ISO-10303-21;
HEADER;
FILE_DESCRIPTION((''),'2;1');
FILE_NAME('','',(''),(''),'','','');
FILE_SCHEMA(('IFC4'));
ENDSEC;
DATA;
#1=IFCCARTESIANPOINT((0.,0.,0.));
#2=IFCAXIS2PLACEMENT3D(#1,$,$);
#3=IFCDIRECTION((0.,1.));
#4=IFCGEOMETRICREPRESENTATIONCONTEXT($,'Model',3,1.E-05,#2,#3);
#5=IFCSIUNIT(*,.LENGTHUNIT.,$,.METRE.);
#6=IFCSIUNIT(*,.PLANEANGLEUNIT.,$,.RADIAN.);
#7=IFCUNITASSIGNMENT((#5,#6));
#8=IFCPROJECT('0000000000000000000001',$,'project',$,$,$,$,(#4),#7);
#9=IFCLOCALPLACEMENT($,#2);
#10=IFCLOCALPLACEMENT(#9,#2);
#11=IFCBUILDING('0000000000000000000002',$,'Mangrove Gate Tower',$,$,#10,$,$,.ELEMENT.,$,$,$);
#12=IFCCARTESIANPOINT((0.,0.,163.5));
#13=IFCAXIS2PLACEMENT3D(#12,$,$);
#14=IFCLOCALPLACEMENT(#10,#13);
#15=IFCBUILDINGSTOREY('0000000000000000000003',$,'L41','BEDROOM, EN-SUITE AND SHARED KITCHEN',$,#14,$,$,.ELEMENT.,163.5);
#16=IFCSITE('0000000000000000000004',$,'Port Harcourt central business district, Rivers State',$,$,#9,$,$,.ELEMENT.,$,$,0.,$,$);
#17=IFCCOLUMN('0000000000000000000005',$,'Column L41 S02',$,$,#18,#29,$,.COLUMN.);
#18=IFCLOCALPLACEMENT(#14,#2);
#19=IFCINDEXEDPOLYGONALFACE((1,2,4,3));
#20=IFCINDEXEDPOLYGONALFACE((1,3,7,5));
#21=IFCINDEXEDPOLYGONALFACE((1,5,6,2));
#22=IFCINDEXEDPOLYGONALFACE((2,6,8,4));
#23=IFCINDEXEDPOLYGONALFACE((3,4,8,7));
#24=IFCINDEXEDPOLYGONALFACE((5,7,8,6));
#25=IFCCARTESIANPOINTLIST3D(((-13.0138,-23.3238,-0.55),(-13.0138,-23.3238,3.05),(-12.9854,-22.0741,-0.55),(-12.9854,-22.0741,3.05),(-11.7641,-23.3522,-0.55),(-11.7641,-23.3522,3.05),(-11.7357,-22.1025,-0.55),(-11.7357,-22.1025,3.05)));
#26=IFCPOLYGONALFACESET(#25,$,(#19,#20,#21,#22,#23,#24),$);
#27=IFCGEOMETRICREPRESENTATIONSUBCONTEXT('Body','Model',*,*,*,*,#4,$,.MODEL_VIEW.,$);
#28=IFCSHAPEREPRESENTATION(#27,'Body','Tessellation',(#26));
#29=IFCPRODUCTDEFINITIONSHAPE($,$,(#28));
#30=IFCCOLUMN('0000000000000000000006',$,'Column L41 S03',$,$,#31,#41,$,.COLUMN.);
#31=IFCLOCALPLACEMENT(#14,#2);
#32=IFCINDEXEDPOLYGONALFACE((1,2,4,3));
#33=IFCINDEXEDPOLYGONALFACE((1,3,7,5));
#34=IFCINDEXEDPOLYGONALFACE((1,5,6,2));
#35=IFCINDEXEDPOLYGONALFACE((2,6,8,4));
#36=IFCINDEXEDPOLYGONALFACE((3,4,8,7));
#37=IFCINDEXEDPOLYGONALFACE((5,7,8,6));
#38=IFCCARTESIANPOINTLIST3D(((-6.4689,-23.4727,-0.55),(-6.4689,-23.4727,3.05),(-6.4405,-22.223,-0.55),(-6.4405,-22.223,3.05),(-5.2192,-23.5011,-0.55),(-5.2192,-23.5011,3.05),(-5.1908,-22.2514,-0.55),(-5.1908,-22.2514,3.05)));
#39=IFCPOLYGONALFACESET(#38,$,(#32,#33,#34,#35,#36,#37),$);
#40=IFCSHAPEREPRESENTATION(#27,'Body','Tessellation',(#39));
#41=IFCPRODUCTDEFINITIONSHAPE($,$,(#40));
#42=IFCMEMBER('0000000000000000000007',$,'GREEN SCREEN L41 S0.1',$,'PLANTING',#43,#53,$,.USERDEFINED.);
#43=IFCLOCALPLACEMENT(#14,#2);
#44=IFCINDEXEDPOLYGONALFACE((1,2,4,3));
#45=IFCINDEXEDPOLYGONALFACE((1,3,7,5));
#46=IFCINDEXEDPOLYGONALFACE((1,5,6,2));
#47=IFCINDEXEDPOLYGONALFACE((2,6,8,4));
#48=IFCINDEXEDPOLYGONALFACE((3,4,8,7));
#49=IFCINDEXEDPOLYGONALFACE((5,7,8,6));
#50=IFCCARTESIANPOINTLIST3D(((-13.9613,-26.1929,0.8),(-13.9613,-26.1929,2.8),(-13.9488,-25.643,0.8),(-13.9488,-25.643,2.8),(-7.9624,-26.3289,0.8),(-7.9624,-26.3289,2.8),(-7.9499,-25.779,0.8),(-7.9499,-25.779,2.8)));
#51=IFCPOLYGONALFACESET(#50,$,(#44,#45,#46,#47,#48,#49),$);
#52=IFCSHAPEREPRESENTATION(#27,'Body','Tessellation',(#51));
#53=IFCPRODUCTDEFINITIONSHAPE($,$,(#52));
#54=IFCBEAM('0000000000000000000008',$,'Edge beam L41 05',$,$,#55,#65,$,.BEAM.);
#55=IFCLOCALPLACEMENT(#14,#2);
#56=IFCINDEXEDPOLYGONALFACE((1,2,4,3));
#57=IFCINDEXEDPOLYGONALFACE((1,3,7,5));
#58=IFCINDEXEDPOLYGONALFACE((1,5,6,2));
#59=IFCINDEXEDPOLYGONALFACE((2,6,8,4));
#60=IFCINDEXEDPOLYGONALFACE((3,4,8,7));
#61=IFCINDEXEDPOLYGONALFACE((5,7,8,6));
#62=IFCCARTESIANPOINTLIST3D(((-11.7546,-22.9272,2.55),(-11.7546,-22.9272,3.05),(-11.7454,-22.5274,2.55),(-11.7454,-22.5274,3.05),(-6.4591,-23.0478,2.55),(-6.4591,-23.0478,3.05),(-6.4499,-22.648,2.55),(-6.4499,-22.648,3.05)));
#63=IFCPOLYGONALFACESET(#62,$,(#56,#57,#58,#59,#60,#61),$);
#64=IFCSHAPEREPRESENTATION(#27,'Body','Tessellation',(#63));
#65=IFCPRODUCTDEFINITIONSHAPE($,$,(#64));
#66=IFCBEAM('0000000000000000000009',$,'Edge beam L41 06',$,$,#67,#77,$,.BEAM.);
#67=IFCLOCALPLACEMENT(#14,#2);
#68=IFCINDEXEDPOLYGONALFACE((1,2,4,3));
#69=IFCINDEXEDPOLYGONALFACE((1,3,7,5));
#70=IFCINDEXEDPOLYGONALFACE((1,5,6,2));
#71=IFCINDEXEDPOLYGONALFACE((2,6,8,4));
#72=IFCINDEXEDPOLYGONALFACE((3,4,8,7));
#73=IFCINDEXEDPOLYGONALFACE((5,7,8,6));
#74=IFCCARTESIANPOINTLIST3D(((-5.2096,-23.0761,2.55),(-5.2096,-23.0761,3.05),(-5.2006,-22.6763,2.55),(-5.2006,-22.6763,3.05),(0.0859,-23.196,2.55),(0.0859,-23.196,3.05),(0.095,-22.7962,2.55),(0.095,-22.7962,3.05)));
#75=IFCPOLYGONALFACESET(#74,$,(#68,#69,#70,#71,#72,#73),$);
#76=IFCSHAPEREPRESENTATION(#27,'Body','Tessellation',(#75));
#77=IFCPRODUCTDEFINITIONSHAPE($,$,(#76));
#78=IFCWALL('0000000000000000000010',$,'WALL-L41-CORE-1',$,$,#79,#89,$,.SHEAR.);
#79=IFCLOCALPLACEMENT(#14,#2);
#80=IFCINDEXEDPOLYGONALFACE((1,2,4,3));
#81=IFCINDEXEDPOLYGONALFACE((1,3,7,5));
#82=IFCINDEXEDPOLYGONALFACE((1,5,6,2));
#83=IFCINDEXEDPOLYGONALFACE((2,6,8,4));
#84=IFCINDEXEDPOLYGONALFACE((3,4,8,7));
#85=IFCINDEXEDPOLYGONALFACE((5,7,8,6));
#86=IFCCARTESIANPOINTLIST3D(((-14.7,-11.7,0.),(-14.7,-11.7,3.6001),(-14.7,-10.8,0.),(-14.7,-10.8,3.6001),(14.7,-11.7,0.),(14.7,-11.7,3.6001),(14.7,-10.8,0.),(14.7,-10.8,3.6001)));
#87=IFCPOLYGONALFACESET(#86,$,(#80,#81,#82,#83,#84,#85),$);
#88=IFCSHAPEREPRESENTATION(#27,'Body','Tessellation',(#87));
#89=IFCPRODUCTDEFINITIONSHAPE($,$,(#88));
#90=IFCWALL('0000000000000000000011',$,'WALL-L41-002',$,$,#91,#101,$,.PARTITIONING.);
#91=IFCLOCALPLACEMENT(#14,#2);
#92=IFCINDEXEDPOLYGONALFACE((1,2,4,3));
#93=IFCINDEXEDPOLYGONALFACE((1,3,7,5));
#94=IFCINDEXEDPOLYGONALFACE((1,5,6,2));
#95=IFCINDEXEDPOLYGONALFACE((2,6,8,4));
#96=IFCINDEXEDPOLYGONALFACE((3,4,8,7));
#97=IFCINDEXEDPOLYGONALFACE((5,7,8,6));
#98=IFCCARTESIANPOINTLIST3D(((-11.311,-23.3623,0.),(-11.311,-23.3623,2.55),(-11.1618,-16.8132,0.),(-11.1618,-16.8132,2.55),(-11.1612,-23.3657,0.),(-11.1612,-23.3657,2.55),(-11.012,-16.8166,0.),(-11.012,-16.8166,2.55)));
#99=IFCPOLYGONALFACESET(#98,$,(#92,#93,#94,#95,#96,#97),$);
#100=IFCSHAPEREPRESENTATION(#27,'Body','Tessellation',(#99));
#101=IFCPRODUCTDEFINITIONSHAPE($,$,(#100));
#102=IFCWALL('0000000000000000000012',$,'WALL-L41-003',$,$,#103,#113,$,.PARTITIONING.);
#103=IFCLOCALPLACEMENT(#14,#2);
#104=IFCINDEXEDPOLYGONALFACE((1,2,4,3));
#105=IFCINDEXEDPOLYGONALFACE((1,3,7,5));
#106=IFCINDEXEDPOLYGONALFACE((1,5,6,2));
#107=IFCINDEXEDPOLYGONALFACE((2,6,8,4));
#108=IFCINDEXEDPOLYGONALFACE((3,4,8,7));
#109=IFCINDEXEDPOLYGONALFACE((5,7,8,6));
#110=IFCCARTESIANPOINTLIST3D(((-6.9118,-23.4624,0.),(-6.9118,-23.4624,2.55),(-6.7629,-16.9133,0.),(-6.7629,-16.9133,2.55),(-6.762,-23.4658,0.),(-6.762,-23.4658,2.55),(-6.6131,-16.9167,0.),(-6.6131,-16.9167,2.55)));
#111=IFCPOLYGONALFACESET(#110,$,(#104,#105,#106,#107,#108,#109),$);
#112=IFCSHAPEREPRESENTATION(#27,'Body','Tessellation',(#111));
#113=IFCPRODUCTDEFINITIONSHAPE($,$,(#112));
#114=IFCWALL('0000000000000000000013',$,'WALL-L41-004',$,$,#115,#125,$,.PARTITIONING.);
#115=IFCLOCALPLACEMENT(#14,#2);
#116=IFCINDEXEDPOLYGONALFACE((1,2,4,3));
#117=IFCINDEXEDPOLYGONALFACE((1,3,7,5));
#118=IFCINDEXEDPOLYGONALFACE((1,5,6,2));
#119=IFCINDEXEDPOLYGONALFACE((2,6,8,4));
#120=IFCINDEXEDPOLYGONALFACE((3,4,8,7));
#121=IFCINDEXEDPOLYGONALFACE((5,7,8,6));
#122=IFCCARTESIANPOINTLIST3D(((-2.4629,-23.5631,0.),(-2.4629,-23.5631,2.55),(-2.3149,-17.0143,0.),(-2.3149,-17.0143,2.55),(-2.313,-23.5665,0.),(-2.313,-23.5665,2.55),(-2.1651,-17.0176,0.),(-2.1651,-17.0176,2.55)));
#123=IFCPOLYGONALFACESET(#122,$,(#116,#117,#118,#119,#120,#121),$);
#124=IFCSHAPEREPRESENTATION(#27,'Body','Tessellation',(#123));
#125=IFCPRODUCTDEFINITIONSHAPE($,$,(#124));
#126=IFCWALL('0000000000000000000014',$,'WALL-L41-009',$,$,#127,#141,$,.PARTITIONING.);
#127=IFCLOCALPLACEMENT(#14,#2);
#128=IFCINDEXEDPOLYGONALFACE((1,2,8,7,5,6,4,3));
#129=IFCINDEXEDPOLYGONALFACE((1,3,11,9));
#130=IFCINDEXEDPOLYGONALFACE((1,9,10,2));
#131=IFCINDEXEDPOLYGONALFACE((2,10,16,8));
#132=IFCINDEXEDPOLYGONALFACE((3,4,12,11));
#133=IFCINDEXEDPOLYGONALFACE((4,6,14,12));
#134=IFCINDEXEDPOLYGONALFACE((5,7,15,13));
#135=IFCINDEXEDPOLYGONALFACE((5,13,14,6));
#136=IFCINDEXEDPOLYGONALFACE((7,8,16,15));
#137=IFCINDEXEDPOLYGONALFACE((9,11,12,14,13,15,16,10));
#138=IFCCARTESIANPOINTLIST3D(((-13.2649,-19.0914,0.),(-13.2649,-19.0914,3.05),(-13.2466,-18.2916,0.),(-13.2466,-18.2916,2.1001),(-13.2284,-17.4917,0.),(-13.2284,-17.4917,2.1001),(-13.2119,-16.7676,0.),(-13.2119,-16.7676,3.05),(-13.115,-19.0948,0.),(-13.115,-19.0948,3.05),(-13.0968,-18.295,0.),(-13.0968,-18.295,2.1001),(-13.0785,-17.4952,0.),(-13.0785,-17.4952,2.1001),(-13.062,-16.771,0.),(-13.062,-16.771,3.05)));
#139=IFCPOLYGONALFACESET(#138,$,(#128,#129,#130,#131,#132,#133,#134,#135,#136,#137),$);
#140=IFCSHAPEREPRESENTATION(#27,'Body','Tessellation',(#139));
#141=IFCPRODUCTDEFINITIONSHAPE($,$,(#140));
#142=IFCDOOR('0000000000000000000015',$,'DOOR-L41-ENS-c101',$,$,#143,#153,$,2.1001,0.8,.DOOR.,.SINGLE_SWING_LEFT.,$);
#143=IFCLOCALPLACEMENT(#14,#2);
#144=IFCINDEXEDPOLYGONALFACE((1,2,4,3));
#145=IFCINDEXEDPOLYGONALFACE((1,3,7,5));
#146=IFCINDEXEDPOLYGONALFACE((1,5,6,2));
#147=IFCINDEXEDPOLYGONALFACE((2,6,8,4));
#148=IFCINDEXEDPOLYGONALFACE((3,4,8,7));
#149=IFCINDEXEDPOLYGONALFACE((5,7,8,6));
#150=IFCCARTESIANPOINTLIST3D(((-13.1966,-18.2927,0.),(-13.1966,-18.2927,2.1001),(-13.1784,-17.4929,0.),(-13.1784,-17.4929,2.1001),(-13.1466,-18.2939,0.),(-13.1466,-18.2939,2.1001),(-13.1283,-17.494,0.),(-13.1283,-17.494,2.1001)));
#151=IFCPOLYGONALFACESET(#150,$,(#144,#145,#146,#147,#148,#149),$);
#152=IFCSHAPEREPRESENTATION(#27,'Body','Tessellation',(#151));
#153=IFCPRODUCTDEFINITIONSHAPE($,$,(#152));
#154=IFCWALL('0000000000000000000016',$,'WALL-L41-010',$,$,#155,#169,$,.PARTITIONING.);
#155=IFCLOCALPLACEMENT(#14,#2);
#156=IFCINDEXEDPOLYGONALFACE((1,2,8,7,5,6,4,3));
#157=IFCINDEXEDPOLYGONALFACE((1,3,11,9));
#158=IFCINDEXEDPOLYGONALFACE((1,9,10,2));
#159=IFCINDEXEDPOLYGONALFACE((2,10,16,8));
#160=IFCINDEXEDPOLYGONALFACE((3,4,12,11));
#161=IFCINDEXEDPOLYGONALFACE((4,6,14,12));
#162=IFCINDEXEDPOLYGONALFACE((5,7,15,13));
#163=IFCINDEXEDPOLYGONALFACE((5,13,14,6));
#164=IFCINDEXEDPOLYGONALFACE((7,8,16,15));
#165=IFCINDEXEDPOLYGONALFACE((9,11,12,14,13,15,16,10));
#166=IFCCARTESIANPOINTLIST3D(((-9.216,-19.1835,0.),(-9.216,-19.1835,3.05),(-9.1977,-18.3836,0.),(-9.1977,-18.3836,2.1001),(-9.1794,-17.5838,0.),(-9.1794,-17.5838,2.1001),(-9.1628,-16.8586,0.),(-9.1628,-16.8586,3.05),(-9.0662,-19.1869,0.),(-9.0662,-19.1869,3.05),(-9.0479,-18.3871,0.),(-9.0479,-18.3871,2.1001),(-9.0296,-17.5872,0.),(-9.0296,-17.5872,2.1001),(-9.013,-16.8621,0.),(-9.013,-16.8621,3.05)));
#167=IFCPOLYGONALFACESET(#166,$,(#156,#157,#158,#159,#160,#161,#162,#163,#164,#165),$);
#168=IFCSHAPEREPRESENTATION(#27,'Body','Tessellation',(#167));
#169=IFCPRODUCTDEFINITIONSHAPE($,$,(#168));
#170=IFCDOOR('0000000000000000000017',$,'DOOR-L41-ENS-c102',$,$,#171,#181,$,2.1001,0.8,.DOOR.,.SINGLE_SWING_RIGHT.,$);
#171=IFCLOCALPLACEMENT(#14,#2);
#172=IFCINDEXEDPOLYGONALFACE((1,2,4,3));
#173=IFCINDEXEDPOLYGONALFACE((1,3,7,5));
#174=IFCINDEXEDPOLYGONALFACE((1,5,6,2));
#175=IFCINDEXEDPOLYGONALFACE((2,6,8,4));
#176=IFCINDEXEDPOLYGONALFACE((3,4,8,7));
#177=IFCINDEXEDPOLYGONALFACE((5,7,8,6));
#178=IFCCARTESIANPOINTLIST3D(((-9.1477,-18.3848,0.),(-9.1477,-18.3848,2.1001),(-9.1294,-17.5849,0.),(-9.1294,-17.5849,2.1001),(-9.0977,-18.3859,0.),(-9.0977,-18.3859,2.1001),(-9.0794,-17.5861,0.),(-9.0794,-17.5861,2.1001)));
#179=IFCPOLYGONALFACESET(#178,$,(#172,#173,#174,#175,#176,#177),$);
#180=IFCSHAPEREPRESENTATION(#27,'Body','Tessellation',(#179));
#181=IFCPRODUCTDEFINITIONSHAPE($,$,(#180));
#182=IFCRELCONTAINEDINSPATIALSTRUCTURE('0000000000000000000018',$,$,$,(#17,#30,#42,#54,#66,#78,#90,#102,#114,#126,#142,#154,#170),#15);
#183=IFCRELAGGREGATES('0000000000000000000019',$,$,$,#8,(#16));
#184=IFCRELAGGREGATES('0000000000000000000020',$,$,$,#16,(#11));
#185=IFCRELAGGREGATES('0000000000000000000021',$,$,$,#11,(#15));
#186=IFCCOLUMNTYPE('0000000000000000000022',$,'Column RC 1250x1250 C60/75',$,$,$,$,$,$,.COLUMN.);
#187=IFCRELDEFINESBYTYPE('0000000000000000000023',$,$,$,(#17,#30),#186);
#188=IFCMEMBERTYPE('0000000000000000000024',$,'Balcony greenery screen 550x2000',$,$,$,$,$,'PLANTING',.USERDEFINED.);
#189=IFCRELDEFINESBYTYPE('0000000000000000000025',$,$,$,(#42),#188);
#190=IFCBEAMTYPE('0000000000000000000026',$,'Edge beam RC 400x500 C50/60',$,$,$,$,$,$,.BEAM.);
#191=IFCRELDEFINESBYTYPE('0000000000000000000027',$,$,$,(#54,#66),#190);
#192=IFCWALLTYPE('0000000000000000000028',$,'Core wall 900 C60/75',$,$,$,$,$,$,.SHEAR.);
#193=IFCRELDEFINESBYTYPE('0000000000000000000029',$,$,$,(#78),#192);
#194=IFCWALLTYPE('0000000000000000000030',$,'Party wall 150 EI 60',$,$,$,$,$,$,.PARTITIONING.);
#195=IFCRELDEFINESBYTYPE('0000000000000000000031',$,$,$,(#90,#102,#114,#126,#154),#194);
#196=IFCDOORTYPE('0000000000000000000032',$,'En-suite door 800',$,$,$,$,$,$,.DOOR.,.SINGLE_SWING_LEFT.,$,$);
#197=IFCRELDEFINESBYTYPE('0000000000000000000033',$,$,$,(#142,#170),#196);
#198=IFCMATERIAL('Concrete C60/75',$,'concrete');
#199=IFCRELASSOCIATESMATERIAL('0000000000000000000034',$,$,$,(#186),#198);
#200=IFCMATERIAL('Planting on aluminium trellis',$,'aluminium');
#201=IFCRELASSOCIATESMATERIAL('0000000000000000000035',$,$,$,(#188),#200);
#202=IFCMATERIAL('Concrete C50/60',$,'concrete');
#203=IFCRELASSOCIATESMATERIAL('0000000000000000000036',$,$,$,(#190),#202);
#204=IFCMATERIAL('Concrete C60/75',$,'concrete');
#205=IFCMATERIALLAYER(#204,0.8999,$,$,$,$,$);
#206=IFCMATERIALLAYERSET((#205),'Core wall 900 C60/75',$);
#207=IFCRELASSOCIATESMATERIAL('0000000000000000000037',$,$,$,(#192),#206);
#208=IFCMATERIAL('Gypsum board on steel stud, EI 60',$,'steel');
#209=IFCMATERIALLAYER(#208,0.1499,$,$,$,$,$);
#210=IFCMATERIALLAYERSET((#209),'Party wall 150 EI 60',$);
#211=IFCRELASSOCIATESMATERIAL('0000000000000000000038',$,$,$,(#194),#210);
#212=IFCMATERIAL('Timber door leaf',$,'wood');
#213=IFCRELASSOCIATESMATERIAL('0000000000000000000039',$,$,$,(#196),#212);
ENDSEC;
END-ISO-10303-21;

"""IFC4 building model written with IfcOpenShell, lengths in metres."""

from ifc_helpers import new_model, si_unit, direction, frame, frame_2d, origin, origin_2d, place, context, subcontext, project, spatial, rectangle, extrude, material, layer, layer_set, material_profile, profile_set, type_object, element, fill, save


model = new_model("IFC4")

# Units and contexts
model_context = context("Model", 3, precision=1e-05, world=origin(), true_north=direction((0.0, 1.0)))
body_context = subcontext(model_context, "Body", "Model", "MODEL_VIEW")
ifc_project = project(units=[si_unit("LENGTHUNIT", "METRE"), si_unit("PLANEANGLEUNIT", "RADIAN")], contexts=[model_context])

# Site, building, storey
site_placement = place(None, origin())
site = spatial("IfcSite", under=ifc_project, at=site_placement, Name="Port Harcourt central business district, Rivers State", CompositionType="ELEMENT", RefElevation=0.0)
building_placement = place(site_placement, origin())
building = spatial("IfcBuilding", under=site, at=building_placement, Name="Mangrove Gate Tower", CompositionType="ELEMENT")
storey_placement = place(building_placement, frame((0.0, 0.0, 163.5)))
storey = spatial("IfcBuildingStorey", under=building, at=storey_placement, Name="L41", Description="BEDROOM, EN-SUITE AND SHARED KITCHEN", CompositionType="ELEMENT", Elevation=163.5)

# Columns
ifc_material_1 = material(Name="Concrete C60/75", Category="concrete")
ifc_material_profile_1 = material_profile(ifc_material_1, rectangle(XDim=1.25, YDim=1.25, at=origin_2d()))
ifc_profile_set_1 = profile_set([ifc_material_profile_1], Name="Concrete C60/75")
column_type = type_object("IfcColumnType", Name="Column RC 1250x1250 C60/75", PredefinedType="COLUMN", material=ifc_profile_set_1)
for number, where, z_axis, x_axis, name in (
    (1, (-12.3748, -22.7131, -0.55), (0.0, 0.0, 1.0), (0.999743, -0.022683, 0.0), "Column L41 S02"),
    (2, (-5.8298, -22.8621, -0.55), (0.0, 0.0, 1.0), (0.999743, -0.022683, 0.0), "Column L41 S03"),
):
    element("IfcColumn", number, at=place(storey_placement, frame(where, z_axis=z_axis, x_axis=x_axis)), inside=storey, type_object=column_type, Name=name, PredefinedType="COLUMN", context=body_context, shape_type="SweptSolid", body=[
        extrude(rectangle(XDim=1.25, YDim=1.25, at=origin_2d()), origin(), (0.0, 0.0, 1.0), 3.6001),
    ])

# Member
ifc_material_2 = material(Name="Planting on aluminium trellis", Category="aluminium")
ifc_material_profile_2 = material_profile(ifc_material_2, rectangle(XDim=0.55, YDim=2.0, at=origin_2d()))
ifc_profile_set_2 = profile_set([ifc_material_profile_2], Name="Planting on aluminium trellis")
member_type = type_object("IfcMemberType", Name="Balcony greenery screen 550x2000", ElementType="PLANTING", PredefinedType="USERDEFINED", material=ifc_profile_set_2)
member_placement = place(storey_placement, frame((-13.9551, -25.918, 1.8), z_axis=(0.999743, -0.022662, 0.0), x_axis=(0.022662, 0.999743, 0.0)))
element("IfcMember", 3, at=member_placement, inside=storey, type_object=member_type, Name="GREEN SCREEN L41 S0.1", ObjectType="PLANTING", PredefinedType="USERDEFINED", context=body_context, shape_type="SweptSolid", body=[
    extrude(rectangle(XDim=0.55, YDim=2.0, at=origin_2d()), origin(), (0.0, 0.0, 1.0), 6.0005),
])

# Beams
ifc_material_3 = material(Name="Concrete C50/60", Category="concrete")
ifc_material_profile_3 = material_profile(ifc_material_3, rectangle(XDim=0.3999, YDim=0.5, at=origin_2d()))
ifc_profile_set_3 = profile_set([ifc_material_profile_3], Name="Concrete C50/60")
beam_type = type_object("IfcBeamType", Name="Edge beam RC 400x500 C50/60", PredefinedType="BEAM", material=ifc_profile_set_3)
for number, where, z_axis, x_axis, name in (
    (4, (-11.75, -22.7273, 2.8), (0.999741, -0.02277, 0.0), (0.02277, 0.999741, 0.0), "Edge beam L41 05"),
    (5, (-5.2051, -22.8762, 2.8), (0.999744, -0.022631, 0.0), (0.022631, 0.999744, 0.0), "Edge beam L41 06"),
):
    element("IfcBeam", number, at=place(storey_placement, frame(where, z_axis=z_axis, x_axis=x_axis)), inside=storey, type_object=beam_type, Name=name, PredefinedType="BEAM", context=body_context, shape_type="SweptSolid", body=[
        extrude(rectangle(XDim=0.3999, YDim=0.5, at=origin_2d()), origin(), (0.0, 0.0, 1.0), 5.2969),
    ])

# Walls
ifc_material_4 = material(Name="Concrete C60/75", Category="concrete")
ifc_layer_1 = layer(ifc_material_4, 0.8999)
ifc_layer_set_1 = layer_set([ifc_layer_1], Name="Core wall 900 C60/75")
wall_type_1 = type_object("IfcWallType", Name="Core wall 900 C60/75", PredefinedType="SHEAR", material=ifc_layer_set_1)
wall_1_placement = place(storey_placement, frame((-14.7, -11.25, 0.0), z_axis=(0.0, 0.0, 1.0), x_axis=(1.0, 0.0, 0.0)))
element("IfcWall", 6, at=wall_1_placement, inside=storey, type_object=wall_type_1, Name="WALL-L41-CORE-1", PredefinedType="SHEAR", context=body_context, shape_type="SweptSolid", body=[
    extrude(rectangle(XDim=29.3999, YDim=0.8999, at=frame_2d((14.7, 0.0))), origin(), (0.0, 0.0, 1.0), 3.6001),
])
ifc_material_5 = material(Name="Gypsum board on steel stud, EI 60", Category="steel")
ifc_layer_2 = layer(ifc_material_5, 0.1499)
ifc_layer_set_2 = layer_set([ifc_layer_2], Name="Party wall 150 EI 60")
wall_type_2 = type_object("IfcWallType", Name="Party wall 150 EI 60", PredefinedType="PARTITIONING", material=ifc_layer_set_2)
for number, where, z_axis, x_axis, name in (
    (7, (-11.2361, -23.364, 0.0), (0.0, 0.0, 1.0), (0.022771, 0.999741, 0.0), "WALL-L41-002"),
    (8, (-6.8369, -23.4641, 0.0), (0.0, 0.0, 1.0), (0.022734, 0.999742, 0.0), "WALL-L41-003"),
):
    element("IfcWall", number, at=place(storey_placement, frame(where, z_axis=z_axis, x_axis=x_axis)), inside=storey, type_object=wall_type_2, Name=name, PredefinedType="PARTITIONING", context=body_context, shape_type="SweptSolid", body=[
        extrude(rectangle(XDim=6.5508, YDim=0.1499, at=frame_2d((3.2754, 0.0))), origin(), (0.0, 0.0, 1.0), 2.55),
    ])
wall_2_placement = place(storey_placement, frame((-2.3879, -23.5649, 0.0), z_axis=(0.0, 0.0, 1.0), x_axis=(0.022586, 0.999745, 0.0)))
element("IfcWall", 9, at=wall_2_placement, inside=storey, type_object=wall_type_2, Name="WALL-L41-004", PredefinedType="PARTITIONING", context=body_context, shape_type="SweptSolid", body=[
    extrude(rectangle(XDim=6.5505, YDim=0.1499, at=frame_2d((3.2754, 0.0))), origin(), (0.0, 0.0, 1.0), 2.55),
])

# Walls, openings, doors
wall_3_placement = place(storey_placement, frame((-13.1899, -19.093, 0.0), z_axis=(0.0, 0.0, 1.0), x_axis=(0.022791, 0.99974, 0.0)))
wall_3 = element("IfcWall", 10, at=wall_3_placement, inside=storey, type_object=wall_type_2, Name="WALL-L41-009", PredefinedType="PARTITIONING", context=body_context, shape_type="SweptSolid", body=[
    extrude(rectangle(XDim=2.3245, YDim=0.1499, at=frame_2d((1.1621, 0.0))), origin(), (0.0, 0.0, 1.0), 3.05),
])
opening_1_placement = place(wall_3_placement, frame((0.8, 0.0, 0.0)))
opening_1 = element("IfcOpeningElement", 11, at=opening_1_placement, cuts=wall_3, PredefinedType="OPENING", context=body_context, shape_type="SweptSolid", body=[
    extrude(rectangle(XDim=0.8, YDim=2.1001, at=frame_2d((0.3999, 1.05))), frame((0.0, 0.085, 0.0), z_axis=(0.0, -1.0, 0.0), x_axis=(1.0, 0.0, 0.0)), (0.0, 0.0, 1.0), 0.1699),
])
ifc_material_6 = material(Name="Timber door leaf", Category="wood")
door_type = type_object("IfcDoorType", Name="En-suite door 800", OperationType="SINGLE_SWING_LEFT", PredefinedType="DOOR", material=ifc_material_6)
door_1_placement = place(opening_1_placement, origin())
door_1 = element("IfcDoor", 12, at=door_1_placement, inside=storey, type_object=door_type, Name="DOOR-L41-ENS-c101", OperationType="SINGLE_SWING_LEFT", OverallHeight=2.1001, OverallWidth=0.8, PredefinedType="DOOR", context=body_context, shape_type="SweptSolid", body=[
    extrude(rectangle(XDim=0.8, YDim=2.1001, at=frame_2d((0.3999, 1.05))), frame((0.0, 0.0249, 0.0), z_axis=(0.0, -1.0, 0.0), x_axis=(1.0, 0.0, 0.0)), (0.0, 0.0, 1.0), 0.05),
])
fill(opening_1, door_1)
wall_4_placement = place(storey_placement, frame((-9.1411, -19.1851, 0.0), z_axis=(0.0, 0.0, 1.0), x_axis=(0.022886, 0.999738, 0.0)))
wall_4 = element("IfcWall", 13, at=wall_4_placement, inside=storey, type_object=wall_type_2, Name="WALL-L41-010", PredefinedType="PARTITIONING", context=body_context, shape_type="SweptSolid", body=[
    extrude(rectangle(XDim=2.3254, YDim=0.1499, at=frame_2d((1.1626, 0.0))), origin(), (0.0, 0.0, 1.0), 3.05),
])
opening_2_placement = place(wall_4_placement, frame((0.8, 0.0, 0.0)))
opening_2 = element("IfcOpeningElement", 14, at=opening_2_placement, cuts=wall_4, PredefinedType="OPENING", context=body_context, shape_type="SweptSolid", body=[
    extrude(rectangle(XDim=0.8, YDim=2.1001, at=frame_2d((0.3999, 1.05))), frame((0.0, 0.085, 0.0), z_axis=(0.0, -1.0, 0.0), x_axis=(1.0, 0.0, 0.0)), (0.0, 0.0, 1.0), 0.1699),
])
door_2_placement = place(opening_2_placement, origin())
door_2 = element("IfcDoor", 15, at=door_2_placement, inside=storey, type_object=door_type, Name="DOOR-L41-ENS-c102", OperationType="SINGLE_SWING_RIGHT", OverallHeight=2.1001, OverallWidth=0.8, PredefinedType="DOOR", context=body_context, shape_type="SweptSolid", body=[
    extrude(rectangle(XDim=0.8, YDim=2.1001, at=frame_2d((0.3999, 1.05))), frame((0.0, 0.0249, 0.0), z_axis=(0.0, -1.0, 0.0), x_axis=(1.0, 0.0, 0.0)), (0.0, 0.0, 1.0), 0.05),
])
fill(opening_2, door_2)

save(model, "model.ifc")
